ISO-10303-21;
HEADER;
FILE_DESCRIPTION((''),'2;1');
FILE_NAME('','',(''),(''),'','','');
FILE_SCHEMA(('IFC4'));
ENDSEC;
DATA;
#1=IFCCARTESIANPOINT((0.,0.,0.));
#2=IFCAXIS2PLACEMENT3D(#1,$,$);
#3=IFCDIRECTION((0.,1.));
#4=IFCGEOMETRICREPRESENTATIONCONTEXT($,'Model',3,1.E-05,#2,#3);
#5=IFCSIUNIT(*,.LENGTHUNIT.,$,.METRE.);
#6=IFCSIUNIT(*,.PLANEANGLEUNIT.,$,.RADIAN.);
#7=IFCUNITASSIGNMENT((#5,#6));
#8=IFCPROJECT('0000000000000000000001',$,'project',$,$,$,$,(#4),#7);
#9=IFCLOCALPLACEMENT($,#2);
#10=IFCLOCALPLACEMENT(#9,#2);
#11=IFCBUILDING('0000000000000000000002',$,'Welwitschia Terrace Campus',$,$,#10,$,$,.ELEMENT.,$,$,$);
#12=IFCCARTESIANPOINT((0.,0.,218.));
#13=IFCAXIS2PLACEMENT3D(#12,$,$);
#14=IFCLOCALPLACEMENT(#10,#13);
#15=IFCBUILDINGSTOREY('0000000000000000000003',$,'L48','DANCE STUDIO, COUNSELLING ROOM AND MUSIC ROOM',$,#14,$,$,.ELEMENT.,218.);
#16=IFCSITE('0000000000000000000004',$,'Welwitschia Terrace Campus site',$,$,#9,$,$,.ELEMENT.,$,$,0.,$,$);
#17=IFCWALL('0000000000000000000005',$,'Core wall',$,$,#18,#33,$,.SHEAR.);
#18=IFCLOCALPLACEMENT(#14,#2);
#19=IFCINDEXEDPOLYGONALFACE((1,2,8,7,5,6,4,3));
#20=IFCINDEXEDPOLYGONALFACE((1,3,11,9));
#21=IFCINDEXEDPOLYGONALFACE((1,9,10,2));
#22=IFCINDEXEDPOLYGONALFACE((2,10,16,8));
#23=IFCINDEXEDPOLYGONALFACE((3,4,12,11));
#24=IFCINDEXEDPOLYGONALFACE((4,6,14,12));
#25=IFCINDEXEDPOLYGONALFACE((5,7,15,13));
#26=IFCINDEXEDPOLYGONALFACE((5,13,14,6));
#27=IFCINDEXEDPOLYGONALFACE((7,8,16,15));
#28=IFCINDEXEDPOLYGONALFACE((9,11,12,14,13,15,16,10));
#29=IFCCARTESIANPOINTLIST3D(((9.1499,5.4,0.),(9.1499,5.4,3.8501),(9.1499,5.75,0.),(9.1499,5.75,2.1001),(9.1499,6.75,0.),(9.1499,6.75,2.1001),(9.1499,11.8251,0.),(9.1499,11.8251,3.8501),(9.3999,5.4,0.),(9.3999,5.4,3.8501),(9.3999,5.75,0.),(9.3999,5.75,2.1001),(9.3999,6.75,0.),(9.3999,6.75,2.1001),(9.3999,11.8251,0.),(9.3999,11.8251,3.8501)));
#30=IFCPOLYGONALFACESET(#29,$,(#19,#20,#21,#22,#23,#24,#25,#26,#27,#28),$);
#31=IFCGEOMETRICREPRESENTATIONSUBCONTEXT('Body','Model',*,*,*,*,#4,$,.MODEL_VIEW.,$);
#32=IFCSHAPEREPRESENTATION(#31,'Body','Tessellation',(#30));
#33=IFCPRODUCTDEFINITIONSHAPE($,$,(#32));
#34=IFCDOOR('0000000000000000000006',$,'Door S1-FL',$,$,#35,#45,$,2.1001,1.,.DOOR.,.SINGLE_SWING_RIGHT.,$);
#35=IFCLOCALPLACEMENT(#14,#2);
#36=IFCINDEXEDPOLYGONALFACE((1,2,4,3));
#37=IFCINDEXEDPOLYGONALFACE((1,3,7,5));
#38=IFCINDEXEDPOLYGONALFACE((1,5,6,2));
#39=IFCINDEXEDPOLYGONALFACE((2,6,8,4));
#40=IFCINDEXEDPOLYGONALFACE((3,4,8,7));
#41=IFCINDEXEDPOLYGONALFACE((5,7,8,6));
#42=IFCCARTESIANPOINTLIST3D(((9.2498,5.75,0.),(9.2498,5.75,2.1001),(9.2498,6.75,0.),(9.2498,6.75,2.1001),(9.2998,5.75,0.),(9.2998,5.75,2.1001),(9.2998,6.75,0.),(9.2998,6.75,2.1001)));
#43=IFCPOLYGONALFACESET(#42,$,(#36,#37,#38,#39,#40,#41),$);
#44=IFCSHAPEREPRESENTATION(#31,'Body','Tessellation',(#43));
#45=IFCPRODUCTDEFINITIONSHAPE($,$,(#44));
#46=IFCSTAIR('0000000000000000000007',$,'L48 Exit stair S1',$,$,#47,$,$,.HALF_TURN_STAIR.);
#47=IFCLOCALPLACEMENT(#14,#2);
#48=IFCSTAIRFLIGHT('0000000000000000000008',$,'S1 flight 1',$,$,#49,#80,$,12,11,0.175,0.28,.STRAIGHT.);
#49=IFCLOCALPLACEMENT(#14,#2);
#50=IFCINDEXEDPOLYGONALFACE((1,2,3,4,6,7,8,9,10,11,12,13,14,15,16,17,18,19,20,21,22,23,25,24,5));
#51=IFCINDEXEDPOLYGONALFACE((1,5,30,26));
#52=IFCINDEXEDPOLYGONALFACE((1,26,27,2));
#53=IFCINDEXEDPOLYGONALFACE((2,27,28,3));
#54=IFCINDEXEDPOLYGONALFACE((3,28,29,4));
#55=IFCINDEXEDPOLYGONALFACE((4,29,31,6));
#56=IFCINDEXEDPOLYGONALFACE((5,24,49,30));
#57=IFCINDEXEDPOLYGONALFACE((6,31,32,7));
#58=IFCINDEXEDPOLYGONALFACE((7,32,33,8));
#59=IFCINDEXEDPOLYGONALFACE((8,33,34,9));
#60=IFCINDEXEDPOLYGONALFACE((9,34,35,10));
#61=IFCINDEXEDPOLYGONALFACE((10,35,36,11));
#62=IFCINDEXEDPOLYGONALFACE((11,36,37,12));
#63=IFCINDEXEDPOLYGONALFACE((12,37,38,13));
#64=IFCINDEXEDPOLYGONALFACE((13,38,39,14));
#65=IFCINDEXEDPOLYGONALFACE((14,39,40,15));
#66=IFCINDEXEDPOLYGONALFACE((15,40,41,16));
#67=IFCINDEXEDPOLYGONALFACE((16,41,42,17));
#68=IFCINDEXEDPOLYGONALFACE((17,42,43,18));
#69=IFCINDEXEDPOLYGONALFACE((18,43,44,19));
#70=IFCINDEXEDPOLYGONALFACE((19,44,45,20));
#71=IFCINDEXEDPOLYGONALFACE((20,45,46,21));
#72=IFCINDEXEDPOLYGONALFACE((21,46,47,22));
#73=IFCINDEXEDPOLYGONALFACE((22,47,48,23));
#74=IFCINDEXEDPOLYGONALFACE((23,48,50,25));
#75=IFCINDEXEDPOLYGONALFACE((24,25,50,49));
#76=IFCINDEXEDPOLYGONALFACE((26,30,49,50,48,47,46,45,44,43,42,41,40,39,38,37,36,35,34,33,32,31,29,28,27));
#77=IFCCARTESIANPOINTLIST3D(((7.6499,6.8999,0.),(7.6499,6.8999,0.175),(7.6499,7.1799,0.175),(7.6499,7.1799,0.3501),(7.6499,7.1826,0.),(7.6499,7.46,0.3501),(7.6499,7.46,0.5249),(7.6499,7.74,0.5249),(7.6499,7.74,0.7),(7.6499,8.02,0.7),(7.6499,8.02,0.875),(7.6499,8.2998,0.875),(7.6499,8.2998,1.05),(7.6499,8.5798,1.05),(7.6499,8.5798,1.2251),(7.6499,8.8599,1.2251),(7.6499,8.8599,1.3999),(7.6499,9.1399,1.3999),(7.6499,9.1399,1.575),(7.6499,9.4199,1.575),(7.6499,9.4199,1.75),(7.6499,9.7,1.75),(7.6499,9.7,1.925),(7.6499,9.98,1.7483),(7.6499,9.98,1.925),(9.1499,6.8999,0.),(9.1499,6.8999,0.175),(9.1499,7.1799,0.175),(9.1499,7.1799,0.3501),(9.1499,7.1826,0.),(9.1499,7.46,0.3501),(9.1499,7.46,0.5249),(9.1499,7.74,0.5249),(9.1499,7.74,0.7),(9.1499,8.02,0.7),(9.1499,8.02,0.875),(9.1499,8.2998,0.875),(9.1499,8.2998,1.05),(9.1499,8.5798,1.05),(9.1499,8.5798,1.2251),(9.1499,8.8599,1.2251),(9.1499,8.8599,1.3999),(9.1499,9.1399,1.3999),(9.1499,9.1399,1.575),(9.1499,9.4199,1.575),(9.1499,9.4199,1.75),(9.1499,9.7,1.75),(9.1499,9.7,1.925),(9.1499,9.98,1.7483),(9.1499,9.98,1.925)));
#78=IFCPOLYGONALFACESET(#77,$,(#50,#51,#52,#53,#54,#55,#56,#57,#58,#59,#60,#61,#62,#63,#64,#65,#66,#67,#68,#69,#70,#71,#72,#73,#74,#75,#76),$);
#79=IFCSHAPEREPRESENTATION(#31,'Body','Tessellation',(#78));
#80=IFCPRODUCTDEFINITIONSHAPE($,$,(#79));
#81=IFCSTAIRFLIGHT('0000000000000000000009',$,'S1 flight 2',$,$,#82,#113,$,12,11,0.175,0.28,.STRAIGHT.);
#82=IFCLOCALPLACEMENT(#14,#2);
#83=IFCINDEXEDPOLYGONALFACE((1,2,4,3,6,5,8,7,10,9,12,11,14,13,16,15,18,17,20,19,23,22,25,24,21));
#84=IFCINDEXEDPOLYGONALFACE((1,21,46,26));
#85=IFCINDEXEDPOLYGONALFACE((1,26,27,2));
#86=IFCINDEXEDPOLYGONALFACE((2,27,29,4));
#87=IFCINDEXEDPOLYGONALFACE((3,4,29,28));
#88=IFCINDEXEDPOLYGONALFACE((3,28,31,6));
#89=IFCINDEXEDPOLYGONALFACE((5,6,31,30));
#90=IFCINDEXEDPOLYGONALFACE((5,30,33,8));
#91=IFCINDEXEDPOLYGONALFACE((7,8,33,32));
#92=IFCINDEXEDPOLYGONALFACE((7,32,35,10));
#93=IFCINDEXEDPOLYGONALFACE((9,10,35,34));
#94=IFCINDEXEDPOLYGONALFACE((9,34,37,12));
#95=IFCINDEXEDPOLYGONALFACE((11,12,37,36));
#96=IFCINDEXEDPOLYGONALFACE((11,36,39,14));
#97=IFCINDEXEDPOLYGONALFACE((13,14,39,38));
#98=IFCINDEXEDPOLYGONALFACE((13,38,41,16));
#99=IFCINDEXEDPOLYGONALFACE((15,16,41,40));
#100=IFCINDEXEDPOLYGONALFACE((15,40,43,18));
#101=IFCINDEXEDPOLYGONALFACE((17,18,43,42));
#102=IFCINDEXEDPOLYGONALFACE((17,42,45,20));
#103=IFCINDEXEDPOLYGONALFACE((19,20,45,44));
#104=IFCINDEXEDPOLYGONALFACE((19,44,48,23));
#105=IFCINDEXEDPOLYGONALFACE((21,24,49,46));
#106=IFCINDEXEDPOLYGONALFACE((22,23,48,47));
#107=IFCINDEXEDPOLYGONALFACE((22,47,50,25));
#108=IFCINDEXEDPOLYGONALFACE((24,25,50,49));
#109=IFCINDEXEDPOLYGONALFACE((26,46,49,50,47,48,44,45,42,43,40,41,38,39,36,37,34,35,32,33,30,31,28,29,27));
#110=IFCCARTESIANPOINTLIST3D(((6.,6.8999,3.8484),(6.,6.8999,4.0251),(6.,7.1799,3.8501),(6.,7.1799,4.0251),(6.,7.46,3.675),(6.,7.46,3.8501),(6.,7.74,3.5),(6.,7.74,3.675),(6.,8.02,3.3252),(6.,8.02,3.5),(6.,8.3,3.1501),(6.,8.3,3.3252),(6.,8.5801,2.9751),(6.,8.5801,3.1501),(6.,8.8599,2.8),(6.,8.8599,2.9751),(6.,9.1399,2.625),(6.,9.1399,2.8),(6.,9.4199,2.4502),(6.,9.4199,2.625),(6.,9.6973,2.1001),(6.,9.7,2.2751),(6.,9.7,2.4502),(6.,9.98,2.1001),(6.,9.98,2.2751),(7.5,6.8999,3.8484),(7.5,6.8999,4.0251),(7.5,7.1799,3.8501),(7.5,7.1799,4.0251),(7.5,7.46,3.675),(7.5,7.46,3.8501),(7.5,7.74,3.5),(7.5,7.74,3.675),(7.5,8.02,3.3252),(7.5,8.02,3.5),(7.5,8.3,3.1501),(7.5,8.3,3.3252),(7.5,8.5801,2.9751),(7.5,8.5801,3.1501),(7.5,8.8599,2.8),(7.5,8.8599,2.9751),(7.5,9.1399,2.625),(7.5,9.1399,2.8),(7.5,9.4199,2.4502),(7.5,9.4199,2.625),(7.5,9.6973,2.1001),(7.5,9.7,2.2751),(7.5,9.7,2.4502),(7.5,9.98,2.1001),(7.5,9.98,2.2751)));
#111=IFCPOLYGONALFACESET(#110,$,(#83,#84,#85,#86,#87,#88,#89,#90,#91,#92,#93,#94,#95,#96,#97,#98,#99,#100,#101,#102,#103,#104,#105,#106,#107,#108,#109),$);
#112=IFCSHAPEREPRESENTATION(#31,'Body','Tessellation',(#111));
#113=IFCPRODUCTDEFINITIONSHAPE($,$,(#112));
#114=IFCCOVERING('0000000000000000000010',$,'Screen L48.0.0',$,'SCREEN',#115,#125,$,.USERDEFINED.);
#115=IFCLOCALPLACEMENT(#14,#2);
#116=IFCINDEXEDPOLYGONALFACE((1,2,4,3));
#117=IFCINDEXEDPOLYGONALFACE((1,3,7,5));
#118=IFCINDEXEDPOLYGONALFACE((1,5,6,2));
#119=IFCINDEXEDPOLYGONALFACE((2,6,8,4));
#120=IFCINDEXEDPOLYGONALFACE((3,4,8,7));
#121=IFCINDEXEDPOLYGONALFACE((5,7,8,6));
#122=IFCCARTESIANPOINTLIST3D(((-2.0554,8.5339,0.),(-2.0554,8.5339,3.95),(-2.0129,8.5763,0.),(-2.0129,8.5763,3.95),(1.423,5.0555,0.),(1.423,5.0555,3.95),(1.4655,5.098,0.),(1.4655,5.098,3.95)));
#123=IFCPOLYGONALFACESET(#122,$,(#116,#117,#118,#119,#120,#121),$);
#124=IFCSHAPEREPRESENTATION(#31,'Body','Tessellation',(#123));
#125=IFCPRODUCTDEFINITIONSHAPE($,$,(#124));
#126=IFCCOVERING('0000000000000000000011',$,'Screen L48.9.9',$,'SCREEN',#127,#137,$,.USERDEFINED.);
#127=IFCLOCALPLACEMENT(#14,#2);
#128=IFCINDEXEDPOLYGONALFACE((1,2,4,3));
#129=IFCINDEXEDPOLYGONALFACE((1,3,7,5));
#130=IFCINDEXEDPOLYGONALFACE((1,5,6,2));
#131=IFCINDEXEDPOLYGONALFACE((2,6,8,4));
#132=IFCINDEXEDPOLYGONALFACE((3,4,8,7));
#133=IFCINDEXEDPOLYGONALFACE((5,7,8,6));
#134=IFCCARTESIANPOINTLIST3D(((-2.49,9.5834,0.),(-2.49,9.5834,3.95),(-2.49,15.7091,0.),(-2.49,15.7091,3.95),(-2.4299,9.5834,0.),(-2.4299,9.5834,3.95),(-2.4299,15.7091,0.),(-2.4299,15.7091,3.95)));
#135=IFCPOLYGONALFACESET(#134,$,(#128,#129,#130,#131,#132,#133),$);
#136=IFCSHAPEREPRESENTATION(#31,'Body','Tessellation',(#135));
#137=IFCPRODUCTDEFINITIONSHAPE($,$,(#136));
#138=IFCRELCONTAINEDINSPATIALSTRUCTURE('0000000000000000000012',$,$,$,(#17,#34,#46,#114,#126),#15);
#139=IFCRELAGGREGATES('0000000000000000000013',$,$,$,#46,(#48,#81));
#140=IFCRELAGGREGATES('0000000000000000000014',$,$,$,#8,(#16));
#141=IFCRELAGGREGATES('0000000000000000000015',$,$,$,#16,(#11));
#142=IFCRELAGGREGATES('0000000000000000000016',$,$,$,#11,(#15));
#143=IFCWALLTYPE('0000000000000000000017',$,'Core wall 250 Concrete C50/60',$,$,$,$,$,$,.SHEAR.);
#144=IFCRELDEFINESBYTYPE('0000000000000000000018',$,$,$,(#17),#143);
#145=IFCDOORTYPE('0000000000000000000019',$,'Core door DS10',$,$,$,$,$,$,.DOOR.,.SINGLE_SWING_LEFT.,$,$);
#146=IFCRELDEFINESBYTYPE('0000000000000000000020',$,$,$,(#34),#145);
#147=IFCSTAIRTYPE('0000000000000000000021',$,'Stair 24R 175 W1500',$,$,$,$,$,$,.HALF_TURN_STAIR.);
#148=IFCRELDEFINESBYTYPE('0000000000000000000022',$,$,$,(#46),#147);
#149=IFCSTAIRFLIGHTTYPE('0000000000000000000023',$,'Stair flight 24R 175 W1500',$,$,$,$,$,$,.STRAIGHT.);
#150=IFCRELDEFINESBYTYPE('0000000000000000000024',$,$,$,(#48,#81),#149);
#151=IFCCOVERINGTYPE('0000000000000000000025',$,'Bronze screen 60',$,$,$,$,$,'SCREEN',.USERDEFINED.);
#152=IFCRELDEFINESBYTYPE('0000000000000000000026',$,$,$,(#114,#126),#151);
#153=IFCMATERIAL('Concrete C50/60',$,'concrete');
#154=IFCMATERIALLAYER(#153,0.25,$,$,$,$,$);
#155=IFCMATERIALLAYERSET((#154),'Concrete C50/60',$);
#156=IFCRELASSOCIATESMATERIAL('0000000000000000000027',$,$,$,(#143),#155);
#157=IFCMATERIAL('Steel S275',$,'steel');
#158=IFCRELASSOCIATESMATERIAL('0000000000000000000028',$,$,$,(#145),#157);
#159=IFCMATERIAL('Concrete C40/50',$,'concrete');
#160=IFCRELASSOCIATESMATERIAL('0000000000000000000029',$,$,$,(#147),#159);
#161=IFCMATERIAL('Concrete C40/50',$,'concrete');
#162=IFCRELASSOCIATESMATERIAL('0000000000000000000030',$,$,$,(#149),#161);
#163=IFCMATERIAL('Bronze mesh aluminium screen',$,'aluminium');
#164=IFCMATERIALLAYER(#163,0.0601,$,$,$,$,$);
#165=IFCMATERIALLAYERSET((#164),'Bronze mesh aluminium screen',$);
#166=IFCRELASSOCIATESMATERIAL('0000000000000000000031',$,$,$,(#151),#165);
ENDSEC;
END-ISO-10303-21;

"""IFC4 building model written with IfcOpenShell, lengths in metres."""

from ifc_helpers import new_model, si_unit, direction, frame, frame_2d, origin, origin_2d, place, context, subcontext, project, spatial, polyline, rectangle, outline, extrude, material, layer, layer_set, type_object, element, fill, aggregate, save


model = new_model("IFC4")

# Units and contexts
model_context = context("Model", 3, precision=1e-05, world=origin(), true_north=direction((0.0, 1.0)))
body_context = subcontext(model_context, "Body", "Model", "MODEL_VIEW")
ifc_project = project(units=[si_unit("LENGTHUNIT", "METRE"), si_unit("PLANEANGLEUNIT", "RADIAN")], contexts=[model_context])

# Site, building, storey
site_placement = place(None, origin())
site = spatial("IfcSite", under=ifc_project, at=site_placement, Name="Welwitschia Terrace Campus site", CompositionType="ELEMENT", RefElevation=0.0)
building_placement = place(site_placement, origin())
building = spatial("IfcBuilding", under=site, at=building_placement, Name="Welwitschia Terrace Campus", CompositionType="ELEMENT")
storey_placement = place(building_placement, frame((0.0, 0.0, 218.0)))
storey = spatial("IfcBuildingStorey", under=building, at=storey_placement, Name="L48", Description="DANCE STUDIO, COUNSELLING ROOM AND MUSIC ROOM", CompositionType="ELEMENT", Elevation=218.0)

# Shared definitions
ifc_material_1 = material(Name="Concrete C50/60", Category="concrete")
ifc_layer_1 = layer(ifc_material_1, 0.25)
ifc_layer_set_1 = layer_set([ifc_layer_1], Name="Concrete C50/60")
wall_type_1 = type_object("IfcWallType", Name="Core wall 250 Concrete C50/60", PredefinedType="SHEAR", material=ifc_layer_set_1)

# Wall, opening, door
wall_1_placement = place(storey_placement, frame((9.2749, 11.825, 0.0), z_axis=(0.0, 0.0, 1.0), x_axis=(0.0, -1.0, 0.0)))
wall_1 = element("IfcWall", 1, at=wall_1_placement, inside=storey, type_object=wall_type_1, Name="Core wall", PredefinedType="SHEAR", context=body_context, shape_type="SweptSolid", body=[
    extrude(rectangle(XDim=6.425, YDim=0.25, at=frame_2d((3.2124, 0.0))), origin(), (0.0, 0.0, 1.0), 3.8501),
])
opening_placement = place(wall_1_placement, frame((5.075, 0.0, 0.0)))
opening = element("IfcOpeningElement", 2, at=opening_placement, cuts=wall_1, PredefinedType="OPENING", context=body_context, shape_type="SweptSolid", body=[
    extrude(rectangle(XDim=1.0, YDim=2.1001, at=frame_2d((0.5, 1.05))), frame((0.0, 0.135, 0.0), z_axis=(0.0, -1.0, 0.0), x_axis=(1.0, 0.0, 0.0)), (0.0, 0.0, 1.0), 0.27),
])
ifc_material_2 = material(Name="Steel S275", Category="steel")
door_type = type_object("IfcDoorType", Name="Core door DS10", OperationType="SINGLE_SWING_LEFT", PredefinedType="DOOR", material=ifc_material_2)
door_placement = place(opening_placement, origin())
door = element("IfcDoor", 3, at=door_placement, inside=storey, type_object=door_type, Name="Door S1-FL", OperationType="SINGLE_SWING_RIGHT", OverallHeight=2.1001, OverallWidth=1.0, PredefinedType="DOOR", context=body_context, shape_type="SweptSolid", body=[
    extrude(rectangle(XDim=1.0, YDim=2.1001, at=frame_2d((0.5, 1.05))), frame((0.0, 0.0249, 0.0), z_axis=(0.0, -1.0, 0.0), x_axis=(1.0, 0.0, 0.0)), (0.0, 0.0, 1.0), 0.05),
])
fill(opening, door)

# Stair, stair flights
ifc_material_3 = material(Name="Concrete C40/50", Category="concrete")
stair_type = type_object("IfcStairType", Name="Stair 24R 175 W1500", PredefinedType="HALF_TURN_STAIR", material=ifc_material_3)
stair_placement = place(storey_placement, origin())
stair = element("IfcStair", 4, at=stair_placement, inside=storey, type_object=stair_type, Name="L48 Exit stair S1", PredefinedType="HALF_TURN_STAIR")
ifc_material_4 = material(Name="Concrete C40/50", Category="concrete")
stair_flight_type = type_object("IfcStairFlightType", Name="Stair flight 24R 175 W1500", PredefinedType="STRAIGHT", material=ifc_material_4)
stair_flight_1_placement = place(storey_placement, frame((8.3999, 6.8999, 0.0), z_axis=(0.0, 0.0, 1.0), x_axis=(0.0, 1.0, 0.0)))
stair_flight_1 = element("IfcStairFlight", 5, at=stair_flight_1_placement, type_object=stair_flight_type, Name="S1 flight 1", NumberOfRisers=12, NumberOfTreads=11, PredefinedType="STRAIGHT", RiserHeight=0.175, TreadLength=0.28, context=body_context, shape_type="SweptSolid", body=[
    extrude(outline(polyline([(0.0, 0.0), (0.0, 0.175), (0.28, 0.175), (0.28, 0.3501), (0.5601, 0.3501), (0.5601, 0.5249), (0.8401, 0.5249), (0.8401, 0.7), (1.1201, 0.7), (1.1201, 0.875), (1.3999, 0.875), (1.3999, 1.05), (1.6799, 1.05), (1.6799, 1.2251), (1.96, 1.2251), (1.96, 1.3999), (2.24, 1.3999), (2.24, 1.575), (2.52, 1.575), (2.52, 1.75), (2.8, 1.75), (2.8, 1.925), (3.0801, 1.925), (3.0801, 2.1001), (3.0801, 1.7483), (0.2827, 0.0), (0.0, 0.0)])), frame((0.0, 0.75, 0.0), z_axis=(0.0, -1.0, 0.0), x_axis=(1.0, 0.0, 0.0)), (0.0, 0.0, 1.0), 1.5),
])
stair_flight_2_placement = place(storey_placement, frame((6.75, 9.98, 2.1001), z_axis=(0.0, 0.0, 1.0), x_axis=(0.0, -1.0, 0.0)))
stair_flight_2 = element("IfcStairFlight", 6, at=stair_flight_2_placement, type_object=stair_flight_type, Name="S1 flight 2", NumberOfRisers=12, NumberOfTreads=11, PredefinedType="STRAIGHT", RiserHeight=0.175, TreadLength=0.28, context=body_context, shape_type="SweptSolid", body=[
    extrude(outline(polyline([(0.0, 0.0), (0.0, 0.175), (0.28, 0.175), (0.28, 0.3501), (0.5601, 0.3501), (0.5601, 0.5249), (0.8401, 0.5249), (0.8401, 0.7), (1.1201, 0.7), (1.1201, 0.875), (1.3999, 0.875), (1.3999, 1.05), (1.6799, 1.05), (1.6799, 1.2251), (1.96, 1.2251), (1.96, 1.3999), (2.24, 1.3999), (2.24, 1.575), (2.52, 1.575), (2.52, 1.75), (2.8, 1.75), (2.8, 1.925), (3.0801, 1.925), (3.0801, 2.1001), (3.0801, 1.7483), (0.2827, 0.0), (0.0, 0.0)])), frame((0.0, 0.75, 0.0), z_axis=(0.0, -1.0, 0.0), x_axis=(1.0, 0.0, 0.0)), (0.0, 0.0, 1.0), 1.5),
])
aggregate(stair, [stair_flight_1, stair_flight_2])

# Coverings
ifc_material_5 = material(Name="Bronze mesh aluminium screen", Category="aluminium")
ifc_layer_2 = layer(ifc_material_5, 0.0601)
ifc_layer_set_2 = layer_set([ifc_layer_2], Name="Bronze mesh aluminium screen")
covering_type = type_object("IfcCoveringType", Name="Bronze screen 60", ElementType="SCREEN", PredefinedType="USERDEFINED", material=ifc_layer_set_2)
covering_1_placement = place(storey_placement, frame((-0.2949, 6.8159, 0.0), z_axis=(0.0, 0.0, 1.0), x_axis=(0.707107, -0.707107, 0.0)))
element("IfcCovering", 7, at=covering_1_placement, inside=storey, type_object=covering_type, Name="Screen L48.0.0", ObjectType="SCREEN", PredefinedType="USERDEFINED", context=body_context, shape_type="SweptSolid", body=[
    extrude(rectangle(XDim=4.9192, YDim=0.0601, at=origin_2d()), origin(), (0.0, 0.0, 1.0), 3.95),
])
covering_2_placement = place(storey_placement, frame((-2.46, 12.6462, 0.0), z_axis=(0.0, 0.0, 1.0), x_axis=(0.0, -1.0, 0.0)))
element("IfcCovering", 8, at=covering_2_placement, inside=storey, type_object=covering_type, Name="Screen L48.9.9", ObjectType="SCREEN", PredefinedType="USERDEFINED", context=body_context, shape_type="SweptSolid", body=[
    extrude(rectangle(XDim=6.1257, YDim=0.0601, at=origin_2d()), origin(), (0.0, 0.0, 1.0), 3.95),
])

save(model, "model.ifc")
